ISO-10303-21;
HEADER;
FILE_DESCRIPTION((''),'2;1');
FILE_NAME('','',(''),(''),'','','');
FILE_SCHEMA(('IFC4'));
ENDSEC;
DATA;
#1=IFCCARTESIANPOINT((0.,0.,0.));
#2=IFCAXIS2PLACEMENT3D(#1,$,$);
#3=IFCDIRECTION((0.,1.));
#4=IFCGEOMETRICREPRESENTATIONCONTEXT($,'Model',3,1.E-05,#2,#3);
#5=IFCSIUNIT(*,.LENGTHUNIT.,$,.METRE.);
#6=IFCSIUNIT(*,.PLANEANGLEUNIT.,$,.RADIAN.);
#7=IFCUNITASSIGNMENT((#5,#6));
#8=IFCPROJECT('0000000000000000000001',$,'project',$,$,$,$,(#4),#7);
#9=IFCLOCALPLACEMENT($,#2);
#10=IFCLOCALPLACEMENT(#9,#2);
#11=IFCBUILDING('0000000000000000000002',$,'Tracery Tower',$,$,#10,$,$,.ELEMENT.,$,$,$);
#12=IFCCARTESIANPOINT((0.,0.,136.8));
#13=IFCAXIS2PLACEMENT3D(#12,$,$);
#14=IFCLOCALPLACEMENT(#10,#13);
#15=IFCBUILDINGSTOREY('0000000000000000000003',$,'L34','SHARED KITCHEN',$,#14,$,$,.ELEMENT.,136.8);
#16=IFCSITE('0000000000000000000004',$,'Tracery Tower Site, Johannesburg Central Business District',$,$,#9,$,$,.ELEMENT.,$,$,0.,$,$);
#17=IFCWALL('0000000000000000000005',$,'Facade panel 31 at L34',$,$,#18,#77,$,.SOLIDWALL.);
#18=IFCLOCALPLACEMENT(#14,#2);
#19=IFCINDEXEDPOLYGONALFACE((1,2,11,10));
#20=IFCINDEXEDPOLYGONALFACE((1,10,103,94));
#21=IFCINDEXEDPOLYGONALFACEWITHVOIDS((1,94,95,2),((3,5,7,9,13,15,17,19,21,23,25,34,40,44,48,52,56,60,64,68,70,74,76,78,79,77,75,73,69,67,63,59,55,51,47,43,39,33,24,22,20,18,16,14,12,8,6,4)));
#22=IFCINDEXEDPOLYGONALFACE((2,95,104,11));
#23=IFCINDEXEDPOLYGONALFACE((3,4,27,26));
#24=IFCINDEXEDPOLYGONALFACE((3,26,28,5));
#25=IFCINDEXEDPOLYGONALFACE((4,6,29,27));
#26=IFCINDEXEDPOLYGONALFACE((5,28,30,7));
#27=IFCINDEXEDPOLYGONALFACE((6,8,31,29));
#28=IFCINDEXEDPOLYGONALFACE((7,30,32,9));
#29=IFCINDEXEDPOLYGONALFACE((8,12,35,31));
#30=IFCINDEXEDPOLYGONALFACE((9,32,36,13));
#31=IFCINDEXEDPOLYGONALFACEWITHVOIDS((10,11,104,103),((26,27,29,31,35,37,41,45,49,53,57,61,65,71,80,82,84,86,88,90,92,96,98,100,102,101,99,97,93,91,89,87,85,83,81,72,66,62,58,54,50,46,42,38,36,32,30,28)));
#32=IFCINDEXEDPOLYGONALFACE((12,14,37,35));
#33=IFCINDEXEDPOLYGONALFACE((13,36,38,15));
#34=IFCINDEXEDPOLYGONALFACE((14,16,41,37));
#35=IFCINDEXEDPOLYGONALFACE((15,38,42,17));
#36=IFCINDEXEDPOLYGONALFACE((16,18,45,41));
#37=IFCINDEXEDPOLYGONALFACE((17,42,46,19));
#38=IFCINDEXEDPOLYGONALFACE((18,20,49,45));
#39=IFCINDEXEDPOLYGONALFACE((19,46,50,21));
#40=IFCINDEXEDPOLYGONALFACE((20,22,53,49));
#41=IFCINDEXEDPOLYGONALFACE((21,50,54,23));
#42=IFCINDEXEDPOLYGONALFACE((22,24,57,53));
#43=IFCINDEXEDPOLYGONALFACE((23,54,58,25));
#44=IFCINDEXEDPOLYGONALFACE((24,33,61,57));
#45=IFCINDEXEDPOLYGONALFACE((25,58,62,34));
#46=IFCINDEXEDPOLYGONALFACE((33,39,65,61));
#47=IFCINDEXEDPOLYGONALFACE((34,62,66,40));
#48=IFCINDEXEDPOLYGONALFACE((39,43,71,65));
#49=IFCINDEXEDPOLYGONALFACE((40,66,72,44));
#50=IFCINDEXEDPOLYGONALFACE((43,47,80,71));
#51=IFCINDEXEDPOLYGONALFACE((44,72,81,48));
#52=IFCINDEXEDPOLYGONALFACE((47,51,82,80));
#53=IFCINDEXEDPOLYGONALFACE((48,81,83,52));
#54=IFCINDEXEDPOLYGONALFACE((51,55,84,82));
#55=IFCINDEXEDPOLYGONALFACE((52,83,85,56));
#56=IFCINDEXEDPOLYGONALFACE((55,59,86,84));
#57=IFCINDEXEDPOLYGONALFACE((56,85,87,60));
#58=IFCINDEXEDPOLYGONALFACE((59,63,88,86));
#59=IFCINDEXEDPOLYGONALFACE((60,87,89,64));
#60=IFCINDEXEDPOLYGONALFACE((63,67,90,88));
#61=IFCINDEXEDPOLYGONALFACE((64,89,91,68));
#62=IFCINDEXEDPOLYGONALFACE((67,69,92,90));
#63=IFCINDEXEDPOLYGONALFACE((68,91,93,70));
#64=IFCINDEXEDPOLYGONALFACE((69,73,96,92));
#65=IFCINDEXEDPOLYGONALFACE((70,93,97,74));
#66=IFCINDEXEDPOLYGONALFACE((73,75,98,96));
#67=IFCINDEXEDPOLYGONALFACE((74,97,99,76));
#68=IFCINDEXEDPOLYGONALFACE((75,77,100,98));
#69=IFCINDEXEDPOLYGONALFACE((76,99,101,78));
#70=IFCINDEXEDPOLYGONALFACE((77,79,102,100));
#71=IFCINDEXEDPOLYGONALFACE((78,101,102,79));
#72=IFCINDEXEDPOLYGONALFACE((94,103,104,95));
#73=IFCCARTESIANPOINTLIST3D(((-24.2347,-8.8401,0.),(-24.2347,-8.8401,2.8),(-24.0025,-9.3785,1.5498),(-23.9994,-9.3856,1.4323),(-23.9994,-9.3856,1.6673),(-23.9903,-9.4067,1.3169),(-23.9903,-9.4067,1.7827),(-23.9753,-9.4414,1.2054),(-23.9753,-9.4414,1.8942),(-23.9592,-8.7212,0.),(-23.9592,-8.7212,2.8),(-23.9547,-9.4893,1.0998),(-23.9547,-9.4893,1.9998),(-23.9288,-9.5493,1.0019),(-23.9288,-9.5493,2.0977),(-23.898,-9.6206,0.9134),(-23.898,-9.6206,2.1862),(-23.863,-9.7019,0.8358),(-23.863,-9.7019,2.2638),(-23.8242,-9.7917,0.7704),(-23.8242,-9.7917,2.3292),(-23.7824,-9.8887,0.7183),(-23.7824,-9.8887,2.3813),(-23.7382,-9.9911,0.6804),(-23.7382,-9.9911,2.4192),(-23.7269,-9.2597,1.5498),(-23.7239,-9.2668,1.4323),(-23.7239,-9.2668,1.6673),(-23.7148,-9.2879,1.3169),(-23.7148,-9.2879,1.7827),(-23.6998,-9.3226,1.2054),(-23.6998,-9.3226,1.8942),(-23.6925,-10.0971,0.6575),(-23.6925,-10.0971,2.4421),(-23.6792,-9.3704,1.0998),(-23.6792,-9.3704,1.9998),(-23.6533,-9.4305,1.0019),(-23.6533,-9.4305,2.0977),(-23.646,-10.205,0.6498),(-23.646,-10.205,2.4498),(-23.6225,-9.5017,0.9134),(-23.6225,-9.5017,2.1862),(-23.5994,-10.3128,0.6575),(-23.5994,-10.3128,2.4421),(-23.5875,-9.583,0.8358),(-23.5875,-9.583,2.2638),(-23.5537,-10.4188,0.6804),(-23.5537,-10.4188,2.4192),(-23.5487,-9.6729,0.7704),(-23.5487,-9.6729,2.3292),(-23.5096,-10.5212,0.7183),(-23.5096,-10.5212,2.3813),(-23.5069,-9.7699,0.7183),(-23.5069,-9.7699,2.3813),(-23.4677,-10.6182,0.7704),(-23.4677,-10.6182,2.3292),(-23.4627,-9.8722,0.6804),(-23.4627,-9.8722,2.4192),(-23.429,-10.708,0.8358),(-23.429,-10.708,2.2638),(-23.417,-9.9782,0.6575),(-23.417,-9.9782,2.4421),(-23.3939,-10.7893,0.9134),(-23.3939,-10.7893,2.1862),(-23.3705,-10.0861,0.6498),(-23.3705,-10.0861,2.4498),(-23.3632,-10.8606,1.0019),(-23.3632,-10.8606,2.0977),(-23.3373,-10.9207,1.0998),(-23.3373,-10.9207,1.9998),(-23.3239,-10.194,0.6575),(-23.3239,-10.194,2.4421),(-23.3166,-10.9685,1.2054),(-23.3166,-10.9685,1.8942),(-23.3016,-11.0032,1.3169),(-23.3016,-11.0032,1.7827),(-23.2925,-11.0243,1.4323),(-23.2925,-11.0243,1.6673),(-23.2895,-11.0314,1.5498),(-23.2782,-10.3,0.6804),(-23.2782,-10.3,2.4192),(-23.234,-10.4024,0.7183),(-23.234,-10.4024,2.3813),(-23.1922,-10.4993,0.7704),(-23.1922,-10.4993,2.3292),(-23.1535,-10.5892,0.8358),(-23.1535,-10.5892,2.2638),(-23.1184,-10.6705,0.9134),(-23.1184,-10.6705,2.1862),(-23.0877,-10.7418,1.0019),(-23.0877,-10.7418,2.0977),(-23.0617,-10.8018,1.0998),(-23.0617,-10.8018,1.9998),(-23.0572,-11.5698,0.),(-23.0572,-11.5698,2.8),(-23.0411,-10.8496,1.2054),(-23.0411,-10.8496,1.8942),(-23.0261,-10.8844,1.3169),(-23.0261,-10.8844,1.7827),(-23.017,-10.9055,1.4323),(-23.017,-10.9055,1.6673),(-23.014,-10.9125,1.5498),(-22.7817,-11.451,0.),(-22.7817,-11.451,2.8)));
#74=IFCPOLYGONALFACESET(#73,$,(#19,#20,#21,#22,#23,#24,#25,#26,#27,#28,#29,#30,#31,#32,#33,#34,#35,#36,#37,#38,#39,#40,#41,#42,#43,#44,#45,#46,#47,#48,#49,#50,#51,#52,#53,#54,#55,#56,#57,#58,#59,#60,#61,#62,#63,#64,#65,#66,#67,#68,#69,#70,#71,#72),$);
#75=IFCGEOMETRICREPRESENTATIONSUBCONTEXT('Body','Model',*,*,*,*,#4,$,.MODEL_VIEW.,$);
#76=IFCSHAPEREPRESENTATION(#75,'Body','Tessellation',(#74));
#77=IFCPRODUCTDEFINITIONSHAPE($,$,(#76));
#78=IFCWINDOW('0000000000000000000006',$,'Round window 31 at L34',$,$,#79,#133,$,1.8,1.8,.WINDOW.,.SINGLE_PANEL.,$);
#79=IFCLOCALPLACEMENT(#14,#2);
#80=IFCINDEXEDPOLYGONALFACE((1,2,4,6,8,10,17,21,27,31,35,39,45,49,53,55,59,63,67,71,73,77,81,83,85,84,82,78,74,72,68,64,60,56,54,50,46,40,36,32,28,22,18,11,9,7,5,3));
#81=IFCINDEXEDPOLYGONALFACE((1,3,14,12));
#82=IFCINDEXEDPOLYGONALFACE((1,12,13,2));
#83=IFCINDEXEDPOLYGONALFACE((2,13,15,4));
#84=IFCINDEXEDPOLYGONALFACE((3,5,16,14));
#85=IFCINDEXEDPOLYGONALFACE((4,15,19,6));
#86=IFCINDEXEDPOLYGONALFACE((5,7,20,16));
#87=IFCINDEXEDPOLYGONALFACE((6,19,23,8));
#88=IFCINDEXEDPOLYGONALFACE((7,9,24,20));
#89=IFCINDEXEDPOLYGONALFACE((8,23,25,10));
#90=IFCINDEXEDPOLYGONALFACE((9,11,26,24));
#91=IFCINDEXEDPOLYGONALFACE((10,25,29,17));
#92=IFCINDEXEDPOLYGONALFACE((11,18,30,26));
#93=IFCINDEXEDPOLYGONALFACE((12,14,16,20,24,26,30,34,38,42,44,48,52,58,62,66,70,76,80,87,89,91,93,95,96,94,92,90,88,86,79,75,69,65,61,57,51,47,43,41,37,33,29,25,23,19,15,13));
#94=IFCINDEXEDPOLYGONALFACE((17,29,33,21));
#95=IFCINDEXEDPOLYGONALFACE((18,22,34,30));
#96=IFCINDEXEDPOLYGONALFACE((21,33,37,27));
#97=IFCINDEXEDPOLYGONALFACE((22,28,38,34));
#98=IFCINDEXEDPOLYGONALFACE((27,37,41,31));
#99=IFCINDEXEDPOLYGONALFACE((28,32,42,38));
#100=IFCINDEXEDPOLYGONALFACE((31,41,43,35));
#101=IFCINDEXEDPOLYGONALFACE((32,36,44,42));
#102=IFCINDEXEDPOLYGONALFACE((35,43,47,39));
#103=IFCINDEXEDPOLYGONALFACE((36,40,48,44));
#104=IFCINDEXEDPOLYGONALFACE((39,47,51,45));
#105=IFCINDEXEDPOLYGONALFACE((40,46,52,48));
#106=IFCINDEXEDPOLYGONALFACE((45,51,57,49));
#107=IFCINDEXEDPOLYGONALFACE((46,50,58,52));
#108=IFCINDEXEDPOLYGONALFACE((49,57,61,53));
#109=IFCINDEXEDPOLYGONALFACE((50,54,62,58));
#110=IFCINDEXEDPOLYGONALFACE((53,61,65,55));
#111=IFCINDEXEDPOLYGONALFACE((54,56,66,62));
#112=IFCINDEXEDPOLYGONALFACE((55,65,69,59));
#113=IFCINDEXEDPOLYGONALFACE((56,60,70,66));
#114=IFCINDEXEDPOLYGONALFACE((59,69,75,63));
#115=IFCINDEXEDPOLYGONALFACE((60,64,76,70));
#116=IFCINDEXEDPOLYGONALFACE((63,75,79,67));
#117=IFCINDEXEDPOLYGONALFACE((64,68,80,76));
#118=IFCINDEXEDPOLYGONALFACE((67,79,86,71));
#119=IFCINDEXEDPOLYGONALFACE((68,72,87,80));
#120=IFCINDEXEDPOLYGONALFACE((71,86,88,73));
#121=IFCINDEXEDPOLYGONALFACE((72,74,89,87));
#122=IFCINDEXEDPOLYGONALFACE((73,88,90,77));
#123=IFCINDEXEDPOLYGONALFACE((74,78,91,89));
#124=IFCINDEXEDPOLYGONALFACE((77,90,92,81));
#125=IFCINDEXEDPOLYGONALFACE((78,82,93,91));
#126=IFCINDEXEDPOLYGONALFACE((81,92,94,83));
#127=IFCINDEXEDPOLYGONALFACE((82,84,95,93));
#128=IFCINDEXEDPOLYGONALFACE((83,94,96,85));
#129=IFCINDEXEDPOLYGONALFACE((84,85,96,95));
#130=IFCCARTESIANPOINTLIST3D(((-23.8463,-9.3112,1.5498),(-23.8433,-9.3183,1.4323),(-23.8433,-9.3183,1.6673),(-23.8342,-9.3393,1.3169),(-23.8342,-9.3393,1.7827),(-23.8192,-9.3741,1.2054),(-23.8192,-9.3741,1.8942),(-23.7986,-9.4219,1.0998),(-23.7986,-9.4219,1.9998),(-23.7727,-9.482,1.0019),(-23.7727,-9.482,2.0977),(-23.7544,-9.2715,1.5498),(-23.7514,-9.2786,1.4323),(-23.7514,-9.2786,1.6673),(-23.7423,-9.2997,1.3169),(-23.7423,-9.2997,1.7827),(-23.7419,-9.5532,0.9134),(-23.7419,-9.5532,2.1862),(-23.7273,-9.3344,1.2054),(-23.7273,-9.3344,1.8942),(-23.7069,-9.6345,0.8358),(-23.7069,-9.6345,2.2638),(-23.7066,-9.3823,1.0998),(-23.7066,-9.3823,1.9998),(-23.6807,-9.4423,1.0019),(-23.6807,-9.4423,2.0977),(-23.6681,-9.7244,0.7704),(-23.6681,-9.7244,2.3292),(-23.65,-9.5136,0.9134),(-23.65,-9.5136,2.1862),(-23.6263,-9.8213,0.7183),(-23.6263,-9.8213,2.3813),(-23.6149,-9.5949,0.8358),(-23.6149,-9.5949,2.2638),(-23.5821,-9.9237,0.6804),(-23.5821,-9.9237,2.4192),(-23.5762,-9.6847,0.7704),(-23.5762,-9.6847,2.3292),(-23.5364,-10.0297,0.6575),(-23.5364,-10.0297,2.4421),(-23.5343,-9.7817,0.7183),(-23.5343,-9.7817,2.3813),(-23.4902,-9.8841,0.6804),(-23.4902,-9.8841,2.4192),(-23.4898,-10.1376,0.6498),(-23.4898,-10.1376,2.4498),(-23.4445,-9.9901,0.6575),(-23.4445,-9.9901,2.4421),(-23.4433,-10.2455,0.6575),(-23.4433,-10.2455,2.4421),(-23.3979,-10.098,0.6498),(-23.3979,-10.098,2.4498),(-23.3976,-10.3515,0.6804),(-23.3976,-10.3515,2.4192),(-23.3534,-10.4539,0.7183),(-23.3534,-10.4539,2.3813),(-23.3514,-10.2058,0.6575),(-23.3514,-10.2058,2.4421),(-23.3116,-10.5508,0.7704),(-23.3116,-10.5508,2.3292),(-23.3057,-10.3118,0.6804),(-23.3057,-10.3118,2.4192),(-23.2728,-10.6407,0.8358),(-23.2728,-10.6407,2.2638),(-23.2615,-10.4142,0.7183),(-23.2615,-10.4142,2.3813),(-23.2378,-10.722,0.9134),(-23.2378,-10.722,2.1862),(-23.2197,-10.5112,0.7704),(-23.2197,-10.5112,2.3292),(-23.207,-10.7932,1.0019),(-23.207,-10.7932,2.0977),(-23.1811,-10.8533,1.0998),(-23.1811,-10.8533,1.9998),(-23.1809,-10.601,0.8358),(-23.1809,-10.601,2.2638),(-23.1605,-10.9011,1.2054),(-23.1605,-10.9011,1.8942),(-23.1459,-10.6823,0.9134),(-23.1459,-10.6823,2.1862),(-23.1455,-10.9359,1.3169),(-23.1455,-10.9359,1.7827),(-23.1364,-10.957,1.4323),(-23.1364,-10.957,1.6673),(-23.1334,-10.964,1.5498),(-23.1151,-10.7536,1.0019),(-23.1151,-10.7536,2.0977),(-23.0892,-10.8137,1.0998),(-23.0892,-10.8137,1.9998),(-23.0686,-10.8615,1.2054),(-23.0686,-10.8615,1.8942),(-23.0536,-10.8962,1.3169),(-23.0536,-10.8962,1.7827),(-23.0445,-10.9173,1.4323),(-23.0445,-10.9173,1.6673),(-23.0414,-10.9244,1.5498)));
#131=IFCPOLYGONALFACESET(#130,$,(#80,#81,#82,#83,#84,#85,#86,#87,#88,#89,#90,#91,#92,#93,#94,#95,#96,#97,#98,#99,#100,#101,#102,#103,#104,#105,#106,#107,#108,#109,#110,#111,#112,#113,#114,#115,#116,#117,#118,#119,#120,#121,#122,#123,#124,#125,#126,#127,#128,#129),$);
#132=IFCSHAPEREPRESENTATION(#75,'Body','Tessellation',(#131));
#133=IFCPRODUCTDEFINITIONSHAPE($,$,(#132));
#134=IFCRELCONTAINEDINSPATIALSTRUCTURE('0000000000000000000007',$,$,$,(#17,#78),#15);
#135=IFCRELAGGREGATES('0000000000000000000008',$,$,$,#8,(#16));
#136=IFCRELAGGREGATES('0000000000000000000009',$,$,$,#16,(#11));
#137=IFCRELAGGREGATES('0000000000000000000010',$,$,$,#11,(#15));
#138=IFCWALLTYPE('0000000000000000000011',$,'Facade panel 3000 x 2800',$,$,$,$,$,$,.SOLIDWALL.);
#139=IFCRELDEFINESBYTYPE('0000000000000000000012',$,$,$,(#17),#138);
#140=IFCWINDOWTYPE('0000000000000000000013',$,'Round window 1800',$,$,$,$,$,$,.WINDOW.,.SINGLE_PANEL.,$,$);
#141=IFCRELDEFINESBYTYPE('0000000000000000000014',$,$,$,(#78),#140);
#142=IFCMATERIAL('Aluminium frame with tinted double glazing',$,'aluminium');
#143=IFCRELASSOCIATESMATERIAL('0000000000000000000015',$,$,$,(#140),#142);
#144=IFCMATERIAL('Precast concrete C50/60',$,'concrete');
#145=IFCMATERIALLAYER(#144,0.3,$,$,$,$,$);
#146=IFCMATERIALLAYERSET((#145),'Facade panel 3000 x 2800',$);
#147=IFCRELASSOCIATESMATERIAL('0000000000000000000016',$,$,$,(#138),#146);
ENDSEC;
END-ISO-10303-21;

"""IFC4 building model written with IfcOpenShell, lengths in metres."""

from ifc_helpers import new_model, si_unit, direction, frame, frame_2d, origin, origin_2d, place, context, subcontext, project, spatial, rectangle, circle, extrude, material, layer, layer_set, type_object, element, fill, save


model = new_model("IFC4")

# Units and contexts
model_context = context("Model", 3, precision=1e-05, world=origin(), true_north=direction((0.0, 1.0)))
body_context = subcontext(model_context, "Body", "Model", "MODEL_VIEW")
ifc_project = project(units=[si_unit("LENGTHUNIT", "METRE"), si_unit("PLANEANGLEUNIT", "RADIAN")], contexts=[model_context])

# Site, building, storey
site_placement = place(None, origin())
site = spatial("IfcSite", under=ifc_project, at=site_placement, Name="Tracery Tower Site, Johannesburg Central Business District", CompositionType="ELEMENT", RefElevation=0.0)
building_placement = place(site_placement, origin())
building = spatial("IfcBuilding", under=site, at=building_placement, Name="Tracery Tower", CompositionType="ELEMENT")
storey_placement = place(building_placement, frame((0.0, 0.0, 136.8)))
storey = spatial("IfcBuildingStorey", under=building, at=storey_placement, Name="L34", Description="SHARED KITCHEN", CompositionType="ELEMENT", Elevation=136.8)

# Wall, opening, window
ifc_material_1 = material(Name="Aluminium frame with tinted double glazing", Category="aluminium")
window_type = type_object("IfcWindowType", Name="Round window 1800", PartitioningType="SINGLE_PANEL", PredefinedType="WINDOW", material=ifc_material_1)
ifc_material_2 = material(Name="Precast concrete C50/60", Category="concrete")
ifc_layer_1 = layer(ifc_material_2, 0.3)
ifc_layer_set_1 = layer_set([ifc_layer_1], Name="Facade panel 3000 x 2800")
wall_type_1 = type_object("IfcWallType", Name="Facade panel 3000 x 2800", PredefinedType="SOLIDWALL", material=ifc_layer_set_1)
wall_1_placement = place(storey_placement, frame((-24.0969, -8.7808, 0.0), z_axis=(0.0, 0.0, 1.0), x_axis=(0.396079, -0.918216, 0.0)))
wall_1 = element("IfcWall", 1, at=wall_1_placement, inside=storey, type_object=wall_type_1, Name="Facade panel 31 at L34", PredefinedType="SOLIDWALL", context=body_context, shape_type="SweptSolid", body=[
    extrude(rectangle(XDim=2.9729, YDim=0.3, at=frame_2d((1.4863, 0.0))), origin(), (0.0, 0.0, 1.0), 2.8),
])
opening_1_placement = place(wall_1_placement, frame((1.4863, 0.0, 1.5498)))
opening_1 = element("IfcOpeningElement", 2, at=opening_1_placement, cuts=wall_1, PredefinedType="OPENING", context=body_context, shape_type="SweptSolid", body=[
    extrude(circle(Radius=0.9, at=origin_2d()), frame((0.0, 0.1599, 0.0), z_axis=(0.0, -1.0, 0.0), x_axis=(1.0, 0.0, 0.0)), (0.0, 0.0, 1.0), 0.3201),
])
window_1_placement = place(opening_1_placement, origin())
window_1 = element("IfcWindow", 3, at=window_1_placement, inside=storey, type_object=window_type, Name="Round window 31 at L34", OverallHeight=1.8, OverallWidth=1.8, PartitioningType="SINGLE_PANEL", PredefinedType="WINDOW", context=body_context, shape_type="SweptSolid", body=[
    extrude(circle(Radius=0.9, at=origin_2d()), frame((0.0, 0.1201, 0.0), z_axis=(0.0, -1.0, 0.0), x_axis=(1.0, 0.0, 0.0)), (0.0, 0.0, 1.0), 0.1001),
])
fill(opening_1, window_1)

save(model, "model.ifc")
